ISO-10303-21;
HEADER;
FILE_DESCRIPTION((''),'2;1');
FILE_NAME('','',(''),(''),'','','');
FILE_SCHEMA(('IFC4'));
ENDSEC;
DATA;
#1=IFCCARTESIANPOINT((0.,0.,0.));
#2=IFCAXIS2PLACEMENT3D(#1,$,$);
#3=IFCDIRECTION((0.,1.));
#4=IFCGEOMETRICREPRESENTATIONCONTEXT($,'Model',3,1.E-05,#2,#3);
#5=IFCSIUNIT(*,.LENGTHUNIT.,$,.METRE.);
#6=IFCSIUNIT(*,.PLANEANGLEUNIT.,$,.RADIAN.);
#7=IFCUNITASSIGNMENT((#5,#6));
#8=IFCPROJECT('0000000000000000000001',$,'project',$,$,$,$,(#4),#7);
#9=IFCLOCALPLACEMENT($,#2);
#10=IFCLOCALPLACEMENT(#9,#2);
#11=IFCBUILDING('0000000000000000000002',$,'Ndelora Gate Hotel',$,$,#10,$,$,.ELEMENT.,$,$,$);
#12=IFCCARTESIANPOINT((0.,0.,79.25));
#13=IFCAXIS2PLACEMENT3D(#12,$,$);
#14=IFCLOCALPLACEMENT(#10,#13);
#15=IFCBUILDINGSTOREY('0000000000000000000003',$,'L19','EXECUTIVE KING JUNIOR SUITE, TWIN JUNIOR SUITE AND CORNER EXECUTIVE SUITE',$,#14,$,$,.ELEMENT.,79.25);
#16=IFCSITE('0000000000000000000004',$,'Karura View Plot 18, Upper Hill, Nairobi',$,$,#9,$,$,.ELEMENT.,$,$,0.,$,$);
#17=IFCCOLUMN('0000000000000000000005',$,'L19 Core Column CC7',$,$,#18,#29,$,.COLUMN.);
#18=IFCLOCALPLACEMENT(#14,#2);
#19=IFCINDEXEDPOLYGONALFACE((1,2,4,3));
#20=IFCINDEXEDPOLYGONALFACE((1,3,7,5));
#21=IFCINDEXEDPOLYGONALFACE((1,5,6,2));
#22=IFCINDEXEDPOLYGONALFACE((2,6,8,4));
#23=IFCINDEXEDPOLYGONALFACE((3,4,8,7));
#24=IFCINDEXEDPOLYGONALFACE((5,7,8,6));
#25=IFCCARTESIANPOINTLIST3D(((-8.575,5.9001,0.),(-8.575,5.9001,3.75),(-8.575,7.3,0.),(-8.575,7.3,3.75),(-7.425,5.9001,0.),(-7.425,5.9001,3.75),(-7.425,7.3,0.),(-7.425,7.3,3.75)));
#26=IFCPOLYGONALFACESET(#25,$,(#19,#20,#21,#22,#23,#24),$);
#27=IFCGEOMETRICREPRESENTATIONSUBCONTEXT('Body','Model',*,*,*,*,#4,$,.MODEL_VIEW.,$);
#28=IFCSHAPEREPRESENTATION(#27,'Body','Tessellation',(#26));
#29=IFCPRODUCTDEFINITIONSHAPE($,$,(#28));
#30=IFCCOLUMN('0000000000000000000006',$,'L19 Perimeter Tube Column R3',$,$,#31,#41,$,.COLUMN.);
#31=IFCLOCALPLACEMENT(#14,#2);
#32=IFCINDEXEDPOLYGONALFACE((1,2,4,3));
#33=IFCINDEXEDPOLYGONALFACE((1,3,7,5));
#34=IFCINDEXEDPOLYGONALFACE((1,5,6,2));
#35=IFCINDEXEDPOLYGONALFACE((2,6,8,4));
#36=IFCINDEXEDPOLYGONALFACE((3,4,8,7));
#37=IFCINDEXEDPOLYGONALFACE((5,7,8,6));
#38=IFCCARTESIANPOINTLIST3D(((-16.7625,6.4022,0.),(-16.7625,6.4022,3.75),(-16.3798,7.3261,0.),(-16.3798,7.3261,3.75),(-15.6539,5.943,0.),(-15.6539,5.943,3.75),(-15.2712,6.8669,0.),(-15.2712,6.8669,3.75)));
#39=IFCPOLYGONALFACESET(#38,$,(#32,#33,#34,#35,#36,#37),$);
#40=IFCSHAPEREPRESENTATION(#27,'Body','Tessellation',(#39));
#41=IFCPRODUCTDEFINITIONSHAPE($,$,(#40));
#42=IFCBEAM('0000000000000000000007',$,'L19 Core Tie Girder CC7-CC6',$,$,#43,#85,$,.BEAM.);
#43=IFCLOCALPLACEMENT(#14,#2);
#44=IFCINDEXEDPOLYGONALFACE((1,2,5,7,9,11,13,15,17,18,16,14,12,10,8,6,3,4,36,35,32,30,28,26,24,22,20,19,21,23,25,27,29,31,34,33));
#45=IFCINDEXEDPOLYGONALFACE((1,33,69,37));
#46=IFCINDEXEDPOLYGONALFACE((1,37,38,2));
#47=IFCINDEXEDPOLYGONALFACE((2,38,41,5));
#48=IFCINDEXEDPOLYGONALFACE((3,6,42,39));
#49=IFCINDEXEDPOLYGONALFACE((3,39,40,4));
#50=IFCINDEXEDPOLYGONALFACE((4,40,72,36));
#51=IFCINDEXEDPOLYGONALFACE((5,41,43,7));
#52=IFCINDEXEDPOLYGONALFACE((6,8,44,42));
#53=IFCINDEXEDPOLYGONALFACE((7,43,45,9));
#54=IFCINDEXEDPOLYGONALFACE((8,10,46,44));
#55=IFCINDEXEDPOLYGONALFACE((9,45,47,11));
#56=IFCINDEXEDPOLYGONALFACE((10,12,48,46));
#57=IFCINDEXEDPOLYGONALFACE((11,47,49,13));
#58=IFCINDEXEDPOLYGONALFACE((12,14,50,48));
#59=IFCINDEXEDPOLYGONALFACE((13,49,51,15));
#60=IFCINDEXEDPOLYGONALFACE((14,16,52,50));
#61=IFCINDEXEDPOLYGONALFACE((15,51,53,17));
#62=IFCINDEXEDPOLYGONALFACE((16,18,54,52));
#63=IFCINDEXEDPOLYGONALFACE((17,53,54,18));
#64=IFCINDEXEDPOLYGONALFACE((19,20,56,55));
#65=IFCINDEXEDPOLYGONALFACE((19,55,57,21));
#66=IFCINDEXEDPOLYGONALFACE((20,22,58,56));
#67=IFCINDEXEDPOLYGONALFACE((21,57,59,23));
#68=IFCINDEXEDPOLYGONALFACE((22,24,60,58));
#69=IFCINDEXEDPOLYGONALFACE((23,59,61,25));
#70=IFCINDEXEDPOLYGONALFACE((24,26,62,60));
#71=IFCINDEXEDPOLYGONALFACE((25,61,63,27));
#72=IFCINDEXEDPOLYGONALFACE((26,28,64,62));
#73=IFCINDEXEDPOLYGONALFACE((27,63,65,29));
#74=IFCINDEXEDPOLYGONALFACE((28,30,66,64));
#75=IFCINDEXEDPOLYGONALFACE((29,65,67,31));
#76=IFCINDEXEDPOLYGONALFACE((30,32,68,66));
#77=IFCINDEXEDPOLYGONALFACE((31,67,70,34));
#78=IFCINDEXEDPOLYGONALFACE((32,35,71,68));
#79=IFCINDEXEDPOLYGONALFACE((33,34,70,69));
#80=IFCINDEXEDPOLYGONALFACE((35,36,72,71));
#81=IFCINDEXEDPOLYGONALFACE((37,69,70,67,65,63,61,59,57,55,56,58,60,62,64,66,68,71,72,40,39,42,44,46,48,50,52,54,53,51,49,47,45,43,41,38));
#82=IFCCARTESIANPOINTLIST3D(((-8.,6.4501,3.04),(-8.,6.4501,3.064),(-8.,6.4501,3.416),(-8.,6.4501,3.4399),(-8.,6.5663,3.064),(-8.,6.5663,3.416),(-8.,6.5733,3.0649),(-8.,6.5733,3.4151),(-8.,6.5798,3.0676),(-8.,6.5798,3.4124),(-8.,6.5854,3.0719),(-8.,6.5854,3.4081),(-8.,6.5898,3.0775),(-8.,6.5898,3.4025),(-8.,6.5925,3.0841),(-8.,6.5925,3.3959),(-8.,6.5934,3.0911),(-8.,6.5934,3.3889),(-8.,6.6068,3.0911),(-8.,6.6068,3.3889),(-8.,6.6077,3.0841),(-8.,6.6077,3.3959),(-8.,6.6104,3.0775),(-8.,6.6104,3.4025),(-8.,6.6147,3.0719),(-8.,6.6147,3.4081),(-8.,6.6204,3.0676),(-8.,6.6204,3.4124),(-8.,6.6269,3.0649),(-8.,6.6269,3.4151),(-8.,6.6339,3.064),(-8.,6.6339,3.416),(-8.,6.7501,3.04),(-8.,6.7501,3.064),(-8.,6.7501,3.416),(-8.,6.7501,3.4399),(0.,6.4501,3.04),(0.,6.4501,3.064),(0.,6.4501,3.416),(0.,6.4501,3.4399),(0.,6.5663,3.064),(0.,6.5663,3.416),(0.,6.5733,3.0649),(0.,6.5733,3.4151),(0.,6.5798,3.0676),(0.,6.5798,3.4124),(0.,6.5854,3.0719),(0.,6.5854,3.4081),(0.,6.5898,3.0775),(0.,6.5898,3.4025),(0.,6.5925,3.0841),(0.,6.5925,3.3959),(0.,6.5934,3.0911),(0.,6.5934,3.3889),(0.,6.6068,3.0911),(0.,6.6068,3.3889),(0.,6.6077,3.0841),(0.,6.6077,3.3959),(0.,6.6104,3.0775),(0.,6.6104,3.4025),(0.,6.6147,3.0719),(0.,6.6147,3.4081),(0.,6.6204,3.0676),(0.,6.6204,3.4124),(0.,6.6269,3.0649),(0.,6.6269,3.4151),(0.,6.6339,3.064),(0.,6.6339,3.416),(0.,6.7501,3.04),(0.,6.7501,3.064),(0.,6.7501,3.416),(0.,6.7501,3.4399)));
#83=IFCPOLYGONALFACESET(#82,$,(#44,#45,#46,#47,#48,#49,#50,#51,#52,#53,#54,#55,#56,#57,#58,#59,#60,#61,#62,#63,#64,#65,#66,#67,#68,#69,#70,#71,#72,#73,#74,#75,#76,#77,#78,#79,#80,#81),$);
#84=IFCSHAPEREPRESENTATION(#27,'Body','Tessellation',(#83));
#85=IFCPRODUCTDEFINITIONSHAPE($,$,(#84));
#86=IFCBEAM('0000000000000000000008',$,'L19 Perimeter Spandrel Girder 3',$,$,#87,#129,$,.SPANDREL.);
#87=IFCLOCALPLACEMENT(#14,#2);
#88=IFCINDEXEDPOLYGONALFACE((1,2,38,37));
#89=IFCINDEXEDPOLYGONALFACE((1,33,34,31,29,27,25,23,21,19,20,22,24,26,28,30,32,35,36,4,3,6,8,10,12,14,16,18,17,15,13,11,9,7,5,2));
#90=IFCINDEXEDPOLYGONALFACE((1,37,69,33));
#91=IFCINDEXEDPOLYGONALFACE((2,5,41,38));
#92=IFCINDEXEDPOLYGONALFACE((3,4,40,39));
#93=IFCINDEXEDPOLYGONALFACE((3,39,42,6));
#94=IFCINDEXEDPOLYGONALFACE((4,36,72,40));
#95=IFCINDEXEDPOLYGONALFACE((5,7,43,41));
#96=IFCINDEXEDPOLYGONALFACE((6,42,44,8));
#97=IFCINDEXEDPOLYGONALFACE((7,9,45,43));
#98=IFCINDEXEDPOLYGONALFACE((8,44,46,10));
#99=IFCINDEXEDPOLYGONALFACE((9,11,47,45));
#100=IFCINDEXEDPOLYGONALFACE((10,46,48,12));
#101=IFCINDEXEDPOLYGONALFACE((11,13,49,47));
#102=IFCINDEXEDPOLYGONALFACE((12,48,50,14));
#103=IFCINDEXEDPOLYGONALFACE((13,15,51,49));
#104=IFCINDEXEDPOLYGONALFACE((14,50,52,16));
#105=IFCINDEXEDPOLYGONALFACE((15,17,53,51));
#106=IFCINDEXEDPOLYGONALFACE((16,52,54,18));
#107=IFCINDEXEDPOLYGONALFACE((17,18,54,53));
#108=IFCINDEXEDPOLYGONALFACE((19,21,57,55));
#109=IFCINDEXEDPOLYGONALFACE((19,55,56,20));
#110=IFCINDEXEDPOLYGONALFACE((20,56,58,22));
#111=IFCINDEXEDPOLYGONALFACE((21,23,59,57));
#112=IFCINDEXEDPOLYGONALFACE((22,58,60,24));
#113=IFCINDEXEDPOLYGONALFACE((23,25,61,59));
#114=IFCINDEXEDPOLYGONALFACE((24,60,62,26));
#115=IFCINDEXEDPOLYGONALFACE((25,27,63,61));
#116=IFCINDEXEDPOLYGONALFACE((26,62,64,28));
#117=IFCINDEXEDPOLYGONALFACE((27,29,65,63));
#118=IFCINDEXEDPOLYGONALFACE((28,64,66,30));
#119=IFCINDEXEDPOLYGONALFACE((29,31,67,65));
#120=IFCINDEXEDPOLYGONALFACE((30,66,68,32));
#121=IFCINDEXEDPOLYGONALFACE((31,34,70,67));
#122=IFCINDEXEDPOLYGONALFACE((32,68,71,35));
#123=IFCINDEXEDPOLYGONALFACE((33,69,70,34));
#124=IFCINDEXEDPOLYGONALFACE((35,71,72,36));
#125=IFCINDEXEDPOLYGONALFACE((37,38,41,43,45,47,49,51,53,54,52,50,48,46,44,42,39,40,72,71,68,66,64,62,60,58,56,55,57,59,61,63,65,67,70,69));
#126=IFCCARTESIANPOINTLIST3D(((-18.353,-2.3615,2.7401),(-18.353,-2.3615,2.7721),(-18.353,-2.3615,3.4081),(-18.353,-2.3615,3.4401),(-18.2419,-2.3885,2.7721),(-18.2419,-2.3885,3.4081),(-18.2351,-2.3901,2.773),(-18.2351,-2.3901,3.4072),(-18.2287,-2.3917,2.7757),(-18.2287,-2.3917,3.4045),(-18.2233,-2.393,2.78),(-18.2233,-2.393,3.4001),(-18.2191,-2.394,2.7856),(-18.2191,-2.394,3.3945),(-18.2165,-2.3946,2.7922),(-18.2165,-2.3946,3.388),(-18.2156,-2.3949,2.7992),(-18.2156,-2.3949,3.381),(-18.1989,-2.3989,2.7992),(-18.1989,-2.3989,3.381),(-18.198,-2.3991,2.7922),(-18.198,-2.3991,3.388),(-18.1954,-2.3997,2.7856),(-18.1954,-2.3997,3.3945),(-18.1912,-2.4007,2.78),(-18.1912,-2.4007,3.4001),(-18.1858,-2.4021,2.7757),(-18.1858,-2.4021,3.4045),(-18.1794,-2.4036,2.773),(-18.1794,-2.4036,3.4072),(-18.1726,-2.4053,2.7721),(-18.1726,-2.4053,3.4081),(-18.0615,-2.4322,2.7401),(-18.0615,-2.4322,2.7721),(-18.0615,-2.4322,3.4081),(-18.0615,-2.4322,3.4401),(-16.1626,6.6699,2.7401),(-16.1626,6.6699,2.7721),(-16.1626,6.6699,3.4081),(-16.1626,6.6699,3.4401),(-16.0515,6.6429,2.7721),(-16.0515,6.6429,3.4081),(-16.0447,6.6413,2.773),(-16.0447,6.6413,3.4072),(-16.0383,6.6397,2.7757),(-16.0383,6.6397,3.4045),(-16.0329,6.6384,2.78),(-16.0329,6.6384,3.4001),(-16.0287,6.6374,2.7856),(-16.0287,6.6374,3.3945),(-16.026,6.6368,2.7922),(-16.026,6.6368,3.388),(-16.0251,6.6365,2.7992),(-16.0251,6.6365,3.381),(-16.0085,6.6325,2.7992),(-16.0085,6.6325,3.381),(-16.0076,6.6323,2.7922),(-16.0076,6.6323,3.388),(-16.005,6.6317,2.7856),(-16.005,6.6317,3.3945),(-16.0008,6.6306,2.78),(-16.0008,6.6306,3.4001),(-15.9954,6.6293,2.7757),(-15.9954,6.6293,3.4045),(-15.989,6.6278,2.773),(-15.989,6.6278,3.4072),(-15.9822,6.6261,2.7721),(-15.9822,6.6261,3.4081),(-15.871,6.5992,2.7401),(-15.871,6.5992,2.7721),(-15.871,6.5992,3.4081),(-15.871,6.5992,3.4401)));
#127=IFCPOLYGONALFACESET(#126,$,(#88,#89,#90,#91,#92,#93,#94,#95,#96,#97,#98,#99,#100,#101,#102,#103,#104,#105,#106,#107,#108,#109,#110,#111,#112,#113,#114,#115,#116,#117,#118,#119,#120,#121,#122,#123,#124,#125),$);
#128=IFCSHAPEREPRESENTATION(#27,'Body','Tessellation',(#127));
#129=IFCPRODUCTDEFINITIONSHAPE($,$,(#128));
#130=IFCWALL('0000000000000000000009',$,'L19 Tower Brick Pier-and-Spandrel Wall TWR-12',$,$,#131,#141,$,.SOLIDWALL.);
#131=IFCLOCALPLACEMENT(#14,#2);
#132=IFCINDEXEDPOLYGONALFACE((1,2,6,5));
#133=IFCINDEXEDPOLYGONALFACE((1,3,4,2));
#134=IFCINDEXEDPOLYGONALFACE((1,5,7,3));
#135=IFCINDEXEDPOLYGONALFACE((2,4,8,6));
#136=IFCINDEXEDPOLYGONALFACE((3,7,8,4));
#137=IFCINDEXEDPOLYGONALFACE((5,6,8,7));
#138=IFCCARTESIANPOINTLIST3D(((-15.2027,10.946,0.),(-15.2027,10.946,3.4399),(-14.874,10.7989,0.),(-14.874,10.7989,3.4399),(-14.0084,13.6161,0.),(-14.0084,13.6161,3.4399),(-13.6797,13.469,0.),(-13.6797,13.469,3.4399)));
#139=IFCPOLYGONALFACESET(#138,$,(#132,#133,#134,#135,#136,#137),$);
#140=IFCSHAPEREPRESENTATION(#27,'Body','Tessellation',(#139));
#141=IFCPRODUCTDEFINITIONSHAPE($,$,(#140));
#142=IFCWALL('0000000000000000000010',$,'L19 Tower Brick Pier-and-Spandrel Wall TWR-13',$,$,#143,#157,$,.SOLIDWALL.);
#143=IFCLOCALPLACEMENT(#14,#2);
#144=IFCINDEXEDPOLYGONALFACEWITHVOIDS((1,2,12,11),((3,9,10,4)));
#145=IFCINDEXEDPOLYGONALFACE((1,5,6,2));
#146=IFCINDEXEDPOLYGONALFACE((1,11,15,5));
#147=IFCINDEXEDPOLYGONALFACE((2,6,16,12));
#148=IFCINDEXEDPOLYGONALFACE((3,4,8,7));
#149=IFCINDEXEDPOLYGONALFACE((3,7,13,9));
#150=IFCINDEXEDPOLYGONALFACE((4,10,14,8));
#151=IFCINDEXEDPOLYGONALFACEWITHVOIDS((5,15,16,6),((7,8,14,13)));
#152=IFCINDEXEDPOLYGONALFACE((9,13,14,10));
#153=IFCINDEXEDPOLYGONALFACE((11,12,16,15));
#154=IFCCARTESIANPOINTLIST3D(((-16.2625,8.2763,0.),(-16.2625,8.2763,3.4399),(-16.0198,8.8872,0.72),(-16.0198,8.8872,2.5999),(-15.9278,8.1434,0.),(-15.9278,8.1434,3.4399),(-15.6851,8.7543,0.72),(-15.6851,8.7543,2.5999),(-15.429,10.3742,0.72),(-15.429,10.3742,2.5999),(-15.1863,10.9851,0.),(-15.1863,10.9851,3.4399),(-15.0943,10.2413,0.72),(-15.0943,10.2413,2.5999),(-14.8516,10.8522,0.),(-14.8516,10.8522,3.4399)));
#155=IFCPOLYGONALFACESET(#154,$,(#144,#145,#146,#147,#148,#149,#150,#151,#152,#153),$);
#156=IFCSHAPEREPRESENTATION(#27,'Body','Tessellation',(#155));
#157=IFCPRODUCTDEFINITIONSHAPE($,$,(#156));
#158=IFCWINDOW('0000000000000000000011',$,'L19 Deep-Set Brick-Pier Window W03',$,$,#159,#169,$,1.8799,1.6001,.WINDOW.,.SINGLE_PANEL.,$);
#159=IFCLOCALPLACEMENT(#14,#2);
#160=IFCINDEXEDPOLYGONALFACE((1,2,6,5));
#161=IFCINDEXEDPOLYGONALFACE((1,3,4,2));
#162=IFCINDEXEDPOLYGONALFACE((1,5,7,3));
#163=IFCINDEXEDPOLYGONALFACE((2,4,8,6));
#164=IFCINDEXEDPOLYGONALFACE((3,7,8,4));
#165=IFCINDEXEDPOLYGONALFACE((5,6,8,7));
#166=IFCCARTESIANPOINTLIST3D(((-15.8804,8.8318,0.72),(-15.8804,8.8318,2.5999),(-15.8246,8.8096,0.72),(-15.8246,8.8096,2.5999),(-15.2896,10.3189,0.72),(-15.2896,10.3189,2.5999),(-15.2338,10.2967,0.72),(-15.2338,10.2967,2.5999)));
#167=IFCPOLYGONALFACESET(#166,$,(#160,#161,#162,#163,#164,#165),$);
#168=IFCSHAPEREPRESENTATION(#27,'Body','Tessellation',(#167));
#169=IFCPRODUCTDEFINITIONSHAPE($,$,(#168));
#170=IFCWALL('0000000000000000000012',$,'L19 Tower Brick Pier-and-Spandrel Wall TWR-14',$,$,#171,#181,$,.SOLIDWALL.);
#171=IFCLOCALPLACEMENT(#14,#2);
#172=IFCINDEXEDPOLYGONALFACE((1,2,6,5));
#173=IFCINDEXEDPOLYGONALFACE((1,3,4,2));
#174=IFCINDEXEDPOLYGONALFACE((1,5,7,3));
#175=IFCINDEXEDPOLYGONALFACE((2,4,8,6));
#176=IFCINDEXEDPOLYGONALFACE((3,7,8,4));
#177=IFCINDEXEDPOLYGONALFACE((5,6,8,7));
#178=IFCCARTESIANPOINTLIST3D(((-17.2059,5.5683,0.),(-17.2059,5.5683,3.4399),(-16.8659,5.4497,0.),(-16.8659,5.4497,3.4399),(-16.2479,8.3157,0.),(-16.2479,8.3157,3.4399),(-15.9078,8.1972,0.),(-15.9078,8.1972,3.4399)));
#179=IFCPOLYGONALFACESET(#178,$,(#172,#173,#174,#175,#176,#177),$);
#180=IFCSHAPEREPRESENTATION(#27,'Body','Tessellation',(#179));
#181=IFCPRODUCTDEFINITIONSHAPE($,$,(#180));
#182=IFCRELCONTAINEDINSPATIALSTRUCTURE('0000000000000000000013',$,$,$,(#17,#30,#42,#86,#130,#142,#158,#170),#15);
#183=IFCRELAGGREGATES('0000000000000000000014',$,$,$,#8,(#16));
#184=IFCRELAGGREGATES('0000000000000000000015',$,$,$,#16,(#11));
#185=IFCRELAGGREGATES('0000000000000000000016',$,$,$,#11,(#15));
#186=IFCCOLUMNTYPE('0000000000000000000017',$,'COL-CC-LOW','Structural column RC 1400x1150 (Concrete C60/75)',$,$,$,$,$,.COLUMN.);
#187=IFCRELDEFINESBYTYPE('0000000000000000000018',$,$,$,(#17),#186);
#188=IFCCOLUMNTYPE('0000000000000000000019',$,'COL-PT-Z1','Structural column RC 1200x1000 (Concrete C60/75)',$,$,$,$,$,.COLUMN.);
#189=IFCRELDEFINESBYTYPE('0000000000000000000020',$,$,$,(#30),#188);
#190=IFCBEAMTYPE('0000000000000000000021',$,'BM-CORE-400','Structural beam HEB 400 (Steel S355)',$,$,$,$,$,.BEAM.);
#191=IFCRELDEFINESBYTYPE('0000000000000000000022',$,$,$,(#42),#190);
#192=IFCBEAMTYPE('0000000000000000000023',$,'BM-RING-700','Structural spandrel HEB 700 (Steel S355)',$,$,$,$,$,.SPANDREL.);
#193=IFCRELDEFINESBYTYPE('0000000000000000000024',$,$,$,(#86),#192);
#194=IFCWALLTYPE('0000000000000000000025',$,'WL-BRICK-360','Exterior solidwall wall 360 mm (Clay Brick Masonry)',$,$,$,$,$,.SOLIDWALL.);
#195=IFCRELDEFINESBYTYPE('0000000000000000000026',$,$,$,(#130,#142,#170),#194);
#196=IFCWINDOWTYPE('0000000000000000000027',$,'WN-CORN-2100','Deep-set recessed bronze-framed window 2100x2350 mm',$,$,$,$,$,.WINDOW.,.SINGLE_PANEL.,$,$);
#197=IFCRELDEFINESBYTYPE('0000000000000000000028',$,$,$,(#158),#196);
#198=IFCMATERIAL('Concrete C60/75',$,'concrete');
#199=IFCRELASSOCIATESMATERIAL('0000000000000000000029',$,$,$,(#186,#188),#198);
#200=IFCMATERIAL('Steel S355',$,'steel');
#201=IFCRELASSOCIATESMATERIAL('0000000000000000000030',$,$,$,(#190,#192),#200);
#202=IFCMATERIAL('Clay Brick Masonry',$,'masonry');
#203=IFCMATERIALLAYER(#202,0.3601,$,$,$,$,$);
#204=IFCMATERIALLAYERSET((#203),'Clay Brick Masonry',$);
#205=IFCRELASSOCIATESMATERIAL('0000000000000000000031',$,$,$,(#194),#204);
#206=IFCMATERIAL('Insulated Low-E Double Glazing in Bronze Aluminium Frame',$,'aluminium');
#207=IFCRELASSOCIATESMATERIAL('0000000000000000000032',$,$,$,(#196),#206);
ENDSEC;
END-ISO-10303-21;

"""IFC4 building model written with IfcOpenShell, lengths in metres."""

from ifc_helpers import new_model, si_unit, direction, frame, frame_2d, origin, origin_2d, place, context, subcontext, project, spatial, rectangle, i_section, extrude, material, layer, layer_set, material_profile, profile_set, type_object, element, fill, save


model = new_model("IFC4")

# Units and contexts
model_context = context("Model", 3, precision=1e-05, world=origin(), true_north=direction((0.0, 1.0)))
body_context = subcontext(model_context, "Body", "Model", "MODEL_VIEW")
ifc_project = project(units=[si_unit("LENGTHUNIT", "METRE"), si_unit("PLANEANGLEUNIT", "RADIAN")], contexts=[model_context])

# Site, building, storey
site_placement = place(None, origin())
site = spatial("IfcSite", under=ifc_project, at=site_placement, Name="Karura View Plot 18, Upper Hill, Nairobi", CompositionType="ELEMENT", RefElevation=0.0)
building_placement = place(site_placement, origin())
building = spatial("IfcBuilding", under=site, at=building_placement, Name="Ndelora Gate Hotel", CompositionType="ELEMENT")
storey_placement = place(building_placement, frame((0.0, 0.0, 79.25)))
storey = spatial("IfcBuildingStorey", under=building, at=storey_placement, Name="L19", Description="EXECUTIVE KING JUNIOR SUITE, TWIN JUNIOR SUITE AND CORNER EXECUTIVE SUITE", CompositionType="ELEMENT", Elevation=79.25)

# Columns
ifc_material_1 = material(Name="Concrete C60/75", Category="concrete")
ifc_material_profile_1 = material_profile(ifc_material_1, rectangle(XDim=1.1499, YDim=1.3999, at=origin_2d()), Name="RC 1400x1150")
ifc_profile_set_1 = profile_set([ifc_material_profile_1], Name="Concrete C60/75")
column_type_1 = type_object("IfcColumnType", Name="COL-CC-LOW", Description="Structural column RC 1400x1150 (Concrete C60/75)", PredefinedType="COLUMN", material=ifc_profile_set_1)
column_1_placement = place(storey_placement, frame((-8.0, 6.6001, 0.0), z_axis=(0.0, 0.0, 1.0), x_axis=(1.0, 0.0, 0.0)))
element("IfcColumn", 1, at=column_1_placement, inside=storey, type_object=column_type_1, Name="L19 Core Column CC7", PredefinedType="COLUMN", context=body_context, shape_type="SweptSolid", body=[
    extrude(rectangle(XDim=1.1499, YDim=1.3999, at=origin_2d()), origin(), (0.0, 0.0, 1.0), 3.75),
])
ifc_material_profile_2 = material_profile(ifc_material_1, rectangle(XDim=1.0, YDim=1.2, at=origin_2d()), Name="RC 1200x1000")
ifc_profile_set_2 = profile_set([ifc_material_profile_2], Name="Concrete C60/75")
column_type_2 = type_object("IfcColumnType", Name="COL-PT-Z1", Description="Structural column RC 1200x1000 (Concrete C60/75)", PredefinedType="COLUMN", material=ifc_profile_set_2)
column_2_placement = place(storey_placement, frame((-16.0168, 6.6345, 0.0), z_axis=(0.0, 0.0, 1.0), x_axis=(0.382683, 0.92388, 0.0)))
element("IfcColumn", 2, at=column_2_placement, inside=storey, type_object=column_type_2, Name="L19 Perimeter Tube Column R3", PredefinedType="COLUMN", context=body_context, shape_type="SweptSolid", body=[
    extrude(rectangle(XDim=1.0, YDim=1.2, at=origin_2d()), origin(), (0.0, 0.0, 1.0), 3.75),
])

# Beams
ifc_material_2 = material(Name="Steel S355", Category="steel")
ifc_material_profile_3 = material_profile(ifc_material_2, i_section(OverallWidth=0.3, OverallDepth=0.3999, WebThickness=0.0134, FlangeThickness=0.0239, FilletRadius=0.0271, at=origin_2d()), Name="HEB 400")
ifc_profile_set_3 = profile_set([ifc_material_profile_3], Name="Steel S355")
beam_type_1 = type_object("IfcBeamType", Name="BM-CORE-400", Description="Structural beam HEB 400 (Steel S355)", PredefinedType="BEAM", material=ifc_profile_set_3)
beam_1_placement = place(storey_placement, frame((-8.0, 6.6001, 3.24), z_axis=(1.0, 0.0, 0.0), x_axis=(0.0, 1.0, 0.0)))
element("IfcBeam", 3, at=beam_1_placement, inside=storey, type_object=beam_type_1, Name="L19 Core Tie Girder CC7-CC6", PredefinedType="BEAM", context=body_context, shape_type="SweptSolid", body=[
    extrude(i_section(OverallWidth=0.3, OverallDepth=0.3999, WebThickness=0.0134, FlangeThickness=0.0239, FilletRadius=0.0271, at=origin_2d()), origin(), (0.0, 0.0, 1.0), 8.0),
])
ifc_material_profile_4 = material_profile(ifc_material_2, i_section(OverallWidth=0.3, OverallDepth=0.7, WebThickness=0.0171, FlangeThickness=0.032, FilletRadius=0.0271, at=origin_2d()), Name="HEB 700")
ifc_profile_set_4 = profile_set([ifc_material_profile_4], Name="Steel S355")
beam_type_2 = type_object("IfcBeamType", Name="BM-RING-700", Description="Structural spandrel HEB 700 (Steel S355)", PredefinedType="SPANDREL", material=ifc_profile_set_4)
beam_2_placement = place(storey_placement, frame((-16.0168, 6.6345, 3.0901), z_axis=(-0.235699, -0.971826, 0.0), x_axis=(0.971826, -0.235699, 0.0)))
element("IfcBeam", 4, at=beam_2_placement, inside=storey, type_object=beam_type_2, Name="L19 Perimeter Spandrel Girder 3", PredefinedType="SPANDREL", context=body_context, shape_type="SweptSolid", body=[
    extrude(i_section(OverallWidth=0.3, OverallDepth=0.7, WebThickness=0.0171, FlangeThickness=0.032, FilletRadius=0.0271, at=origin_2d()), origin(), (0.0, 0.0, 1.0), 9.2932),
])

# Wall
ifc_material_3 = material(Name="Clay Brick Masonry", Category="masonry")
ifc_layer_1 = layer(ifc_material_3, 0.3601)
ifc_layer_set_1 = layer_set([ifc_layer_1], Name="Clay Brick Masonry")
wall_type_1 = type_object("IfcWallType", Name="WL-BRICK-360", Description="Exterior solidwall wall 360 mm (Clay Brick Masonry)", PredefinedType="SOLIDWALL", material=ifc_layer_set_1)
wall_1_placement = place(storey_placement, frame((-15.0383, 10.8726, 0.0), z_axis=(0.0, 0.0, 1.0), x_axis=(0.408306, 0.912845, 0.0)))
element("IfcWall", 5, at=wall_1_placement, inside=storey, type_object=wall_type_1, Name="L19 Tower Brick Pier-and-Spandrel Wall TWR-12", PredefinedType="SOLIDWALL", context=body_context, shape_type="SweptSolid", body=[
    extrude(rectangle(XDim=2.925, YDim=0.3601, at=frame_2d((1.4624, 0.0))), origin(), (0.0, 0.0, 1.0), 3.4399),
])

# Wall, opening, window
wall_2_placement = place(storey_placement, frame((-16.0952, 8.2097, 0.0), z_axis=(0.0, 0.0, 1.0), x_axis=(0.369223, 0.929341, 0.0)))
wall_2 = element("IfcWall", 6, at=wall_2_placement, inside=storey, type_object=wall_type_1, Name="L19 Tower Brick Pier-and-Spandrel Wall TWR-13", PredefinedType="SOLIDWALL", context=body_context, shape_type="SweptSolid", body=[
    extrude(rectangle(XDim=2.9148, YDim=0.3601, at=frame_2d((1.4575, 0.0))), origin(), (0.0, 0.0, 1.0), 3.4399),
])
opening_1_placement = place(wall_2_placement, frame((0.6575, 0.0, 0.72)))
opening_1 = element("IfcOpeningElement", 7, at=opening_1_placement, cuts=wall_2, PredefinedType="OPENING", context=body_context, shape_type="SweptSolid", body=[
    extrude(rectangle(XDim=1.6001, YDim=1.8799, at=frame_2d((0.8, 0.9399))), frame((0.0, 0.1899, 0.0), z_axis=(0.0, -1.0, 0.0), x_axis=(1.0, 0.0, 0.0)), (0.0, 0.0, 1.0), 0.3801),
])
ifc_material_4 = material(Name="Insulated Low-E Double Glazing in Bronze Aluminium Frame", Category="aluminium")
window_type = type_object("IfcWindowType", Name="WN-CORN-2100", Description="Deep-set recessed bronze-framed window 2100x2350 mm", PartitioningType="SINGLE_PANEL", PredefinedType="WINDOW", material=ifc_material_4)
window_placement = place(opening_1_placement, origin())
window = element("IfcWindow", 8, at=window_placement, inside=storey, type_object=window_type, Name="L19 Deep-Set Brick-Pier Window W03", OverallHeight=1.8799, OverallWidth=1.6001, PartitioningType="SINGLE_PANEL", PredefinedType="WINDOW", context=body_context, shape_type="SweptSolid", body=[
    extrude(rectangle(XDim=1.6001, YDim=1.8799, at=frame_2d((0.8, 0.9399))), frame((0.0, 0.03, 0.0), z_axis=(0.0, -1.0, 0.0), x_axis=(1.0, 0.0, 0.0)), (0.0, 0.0, 1.0), 0.0601),
])
fill(opening_1, window)

# Wall
wall_3_placement = place(storey_placement, frame((-17.0359, 5.509, 0.0), z_axis=(0.0, 0.0, 1.0), x_axis=(0.329263, 0.944238, 0.0)))
element("IfcWall", 9, at=wall_3_placement, inside=storey, type_object=wall_type_1, Name="L19 Tower Brick Pier-and-Spandrel Wall TWR-14", PredefinedType="SOLIDWALL", context=body_context, shape_type="SweptSolid", body=[
    extrude(rectangle(XDim=2.9097, YDim=0.3601, at=frame_2d((1.4548, 0.0))), origin(), (0.0, 0.0, 1.0), 3.4399),
])

save(model, "model.ifc")
